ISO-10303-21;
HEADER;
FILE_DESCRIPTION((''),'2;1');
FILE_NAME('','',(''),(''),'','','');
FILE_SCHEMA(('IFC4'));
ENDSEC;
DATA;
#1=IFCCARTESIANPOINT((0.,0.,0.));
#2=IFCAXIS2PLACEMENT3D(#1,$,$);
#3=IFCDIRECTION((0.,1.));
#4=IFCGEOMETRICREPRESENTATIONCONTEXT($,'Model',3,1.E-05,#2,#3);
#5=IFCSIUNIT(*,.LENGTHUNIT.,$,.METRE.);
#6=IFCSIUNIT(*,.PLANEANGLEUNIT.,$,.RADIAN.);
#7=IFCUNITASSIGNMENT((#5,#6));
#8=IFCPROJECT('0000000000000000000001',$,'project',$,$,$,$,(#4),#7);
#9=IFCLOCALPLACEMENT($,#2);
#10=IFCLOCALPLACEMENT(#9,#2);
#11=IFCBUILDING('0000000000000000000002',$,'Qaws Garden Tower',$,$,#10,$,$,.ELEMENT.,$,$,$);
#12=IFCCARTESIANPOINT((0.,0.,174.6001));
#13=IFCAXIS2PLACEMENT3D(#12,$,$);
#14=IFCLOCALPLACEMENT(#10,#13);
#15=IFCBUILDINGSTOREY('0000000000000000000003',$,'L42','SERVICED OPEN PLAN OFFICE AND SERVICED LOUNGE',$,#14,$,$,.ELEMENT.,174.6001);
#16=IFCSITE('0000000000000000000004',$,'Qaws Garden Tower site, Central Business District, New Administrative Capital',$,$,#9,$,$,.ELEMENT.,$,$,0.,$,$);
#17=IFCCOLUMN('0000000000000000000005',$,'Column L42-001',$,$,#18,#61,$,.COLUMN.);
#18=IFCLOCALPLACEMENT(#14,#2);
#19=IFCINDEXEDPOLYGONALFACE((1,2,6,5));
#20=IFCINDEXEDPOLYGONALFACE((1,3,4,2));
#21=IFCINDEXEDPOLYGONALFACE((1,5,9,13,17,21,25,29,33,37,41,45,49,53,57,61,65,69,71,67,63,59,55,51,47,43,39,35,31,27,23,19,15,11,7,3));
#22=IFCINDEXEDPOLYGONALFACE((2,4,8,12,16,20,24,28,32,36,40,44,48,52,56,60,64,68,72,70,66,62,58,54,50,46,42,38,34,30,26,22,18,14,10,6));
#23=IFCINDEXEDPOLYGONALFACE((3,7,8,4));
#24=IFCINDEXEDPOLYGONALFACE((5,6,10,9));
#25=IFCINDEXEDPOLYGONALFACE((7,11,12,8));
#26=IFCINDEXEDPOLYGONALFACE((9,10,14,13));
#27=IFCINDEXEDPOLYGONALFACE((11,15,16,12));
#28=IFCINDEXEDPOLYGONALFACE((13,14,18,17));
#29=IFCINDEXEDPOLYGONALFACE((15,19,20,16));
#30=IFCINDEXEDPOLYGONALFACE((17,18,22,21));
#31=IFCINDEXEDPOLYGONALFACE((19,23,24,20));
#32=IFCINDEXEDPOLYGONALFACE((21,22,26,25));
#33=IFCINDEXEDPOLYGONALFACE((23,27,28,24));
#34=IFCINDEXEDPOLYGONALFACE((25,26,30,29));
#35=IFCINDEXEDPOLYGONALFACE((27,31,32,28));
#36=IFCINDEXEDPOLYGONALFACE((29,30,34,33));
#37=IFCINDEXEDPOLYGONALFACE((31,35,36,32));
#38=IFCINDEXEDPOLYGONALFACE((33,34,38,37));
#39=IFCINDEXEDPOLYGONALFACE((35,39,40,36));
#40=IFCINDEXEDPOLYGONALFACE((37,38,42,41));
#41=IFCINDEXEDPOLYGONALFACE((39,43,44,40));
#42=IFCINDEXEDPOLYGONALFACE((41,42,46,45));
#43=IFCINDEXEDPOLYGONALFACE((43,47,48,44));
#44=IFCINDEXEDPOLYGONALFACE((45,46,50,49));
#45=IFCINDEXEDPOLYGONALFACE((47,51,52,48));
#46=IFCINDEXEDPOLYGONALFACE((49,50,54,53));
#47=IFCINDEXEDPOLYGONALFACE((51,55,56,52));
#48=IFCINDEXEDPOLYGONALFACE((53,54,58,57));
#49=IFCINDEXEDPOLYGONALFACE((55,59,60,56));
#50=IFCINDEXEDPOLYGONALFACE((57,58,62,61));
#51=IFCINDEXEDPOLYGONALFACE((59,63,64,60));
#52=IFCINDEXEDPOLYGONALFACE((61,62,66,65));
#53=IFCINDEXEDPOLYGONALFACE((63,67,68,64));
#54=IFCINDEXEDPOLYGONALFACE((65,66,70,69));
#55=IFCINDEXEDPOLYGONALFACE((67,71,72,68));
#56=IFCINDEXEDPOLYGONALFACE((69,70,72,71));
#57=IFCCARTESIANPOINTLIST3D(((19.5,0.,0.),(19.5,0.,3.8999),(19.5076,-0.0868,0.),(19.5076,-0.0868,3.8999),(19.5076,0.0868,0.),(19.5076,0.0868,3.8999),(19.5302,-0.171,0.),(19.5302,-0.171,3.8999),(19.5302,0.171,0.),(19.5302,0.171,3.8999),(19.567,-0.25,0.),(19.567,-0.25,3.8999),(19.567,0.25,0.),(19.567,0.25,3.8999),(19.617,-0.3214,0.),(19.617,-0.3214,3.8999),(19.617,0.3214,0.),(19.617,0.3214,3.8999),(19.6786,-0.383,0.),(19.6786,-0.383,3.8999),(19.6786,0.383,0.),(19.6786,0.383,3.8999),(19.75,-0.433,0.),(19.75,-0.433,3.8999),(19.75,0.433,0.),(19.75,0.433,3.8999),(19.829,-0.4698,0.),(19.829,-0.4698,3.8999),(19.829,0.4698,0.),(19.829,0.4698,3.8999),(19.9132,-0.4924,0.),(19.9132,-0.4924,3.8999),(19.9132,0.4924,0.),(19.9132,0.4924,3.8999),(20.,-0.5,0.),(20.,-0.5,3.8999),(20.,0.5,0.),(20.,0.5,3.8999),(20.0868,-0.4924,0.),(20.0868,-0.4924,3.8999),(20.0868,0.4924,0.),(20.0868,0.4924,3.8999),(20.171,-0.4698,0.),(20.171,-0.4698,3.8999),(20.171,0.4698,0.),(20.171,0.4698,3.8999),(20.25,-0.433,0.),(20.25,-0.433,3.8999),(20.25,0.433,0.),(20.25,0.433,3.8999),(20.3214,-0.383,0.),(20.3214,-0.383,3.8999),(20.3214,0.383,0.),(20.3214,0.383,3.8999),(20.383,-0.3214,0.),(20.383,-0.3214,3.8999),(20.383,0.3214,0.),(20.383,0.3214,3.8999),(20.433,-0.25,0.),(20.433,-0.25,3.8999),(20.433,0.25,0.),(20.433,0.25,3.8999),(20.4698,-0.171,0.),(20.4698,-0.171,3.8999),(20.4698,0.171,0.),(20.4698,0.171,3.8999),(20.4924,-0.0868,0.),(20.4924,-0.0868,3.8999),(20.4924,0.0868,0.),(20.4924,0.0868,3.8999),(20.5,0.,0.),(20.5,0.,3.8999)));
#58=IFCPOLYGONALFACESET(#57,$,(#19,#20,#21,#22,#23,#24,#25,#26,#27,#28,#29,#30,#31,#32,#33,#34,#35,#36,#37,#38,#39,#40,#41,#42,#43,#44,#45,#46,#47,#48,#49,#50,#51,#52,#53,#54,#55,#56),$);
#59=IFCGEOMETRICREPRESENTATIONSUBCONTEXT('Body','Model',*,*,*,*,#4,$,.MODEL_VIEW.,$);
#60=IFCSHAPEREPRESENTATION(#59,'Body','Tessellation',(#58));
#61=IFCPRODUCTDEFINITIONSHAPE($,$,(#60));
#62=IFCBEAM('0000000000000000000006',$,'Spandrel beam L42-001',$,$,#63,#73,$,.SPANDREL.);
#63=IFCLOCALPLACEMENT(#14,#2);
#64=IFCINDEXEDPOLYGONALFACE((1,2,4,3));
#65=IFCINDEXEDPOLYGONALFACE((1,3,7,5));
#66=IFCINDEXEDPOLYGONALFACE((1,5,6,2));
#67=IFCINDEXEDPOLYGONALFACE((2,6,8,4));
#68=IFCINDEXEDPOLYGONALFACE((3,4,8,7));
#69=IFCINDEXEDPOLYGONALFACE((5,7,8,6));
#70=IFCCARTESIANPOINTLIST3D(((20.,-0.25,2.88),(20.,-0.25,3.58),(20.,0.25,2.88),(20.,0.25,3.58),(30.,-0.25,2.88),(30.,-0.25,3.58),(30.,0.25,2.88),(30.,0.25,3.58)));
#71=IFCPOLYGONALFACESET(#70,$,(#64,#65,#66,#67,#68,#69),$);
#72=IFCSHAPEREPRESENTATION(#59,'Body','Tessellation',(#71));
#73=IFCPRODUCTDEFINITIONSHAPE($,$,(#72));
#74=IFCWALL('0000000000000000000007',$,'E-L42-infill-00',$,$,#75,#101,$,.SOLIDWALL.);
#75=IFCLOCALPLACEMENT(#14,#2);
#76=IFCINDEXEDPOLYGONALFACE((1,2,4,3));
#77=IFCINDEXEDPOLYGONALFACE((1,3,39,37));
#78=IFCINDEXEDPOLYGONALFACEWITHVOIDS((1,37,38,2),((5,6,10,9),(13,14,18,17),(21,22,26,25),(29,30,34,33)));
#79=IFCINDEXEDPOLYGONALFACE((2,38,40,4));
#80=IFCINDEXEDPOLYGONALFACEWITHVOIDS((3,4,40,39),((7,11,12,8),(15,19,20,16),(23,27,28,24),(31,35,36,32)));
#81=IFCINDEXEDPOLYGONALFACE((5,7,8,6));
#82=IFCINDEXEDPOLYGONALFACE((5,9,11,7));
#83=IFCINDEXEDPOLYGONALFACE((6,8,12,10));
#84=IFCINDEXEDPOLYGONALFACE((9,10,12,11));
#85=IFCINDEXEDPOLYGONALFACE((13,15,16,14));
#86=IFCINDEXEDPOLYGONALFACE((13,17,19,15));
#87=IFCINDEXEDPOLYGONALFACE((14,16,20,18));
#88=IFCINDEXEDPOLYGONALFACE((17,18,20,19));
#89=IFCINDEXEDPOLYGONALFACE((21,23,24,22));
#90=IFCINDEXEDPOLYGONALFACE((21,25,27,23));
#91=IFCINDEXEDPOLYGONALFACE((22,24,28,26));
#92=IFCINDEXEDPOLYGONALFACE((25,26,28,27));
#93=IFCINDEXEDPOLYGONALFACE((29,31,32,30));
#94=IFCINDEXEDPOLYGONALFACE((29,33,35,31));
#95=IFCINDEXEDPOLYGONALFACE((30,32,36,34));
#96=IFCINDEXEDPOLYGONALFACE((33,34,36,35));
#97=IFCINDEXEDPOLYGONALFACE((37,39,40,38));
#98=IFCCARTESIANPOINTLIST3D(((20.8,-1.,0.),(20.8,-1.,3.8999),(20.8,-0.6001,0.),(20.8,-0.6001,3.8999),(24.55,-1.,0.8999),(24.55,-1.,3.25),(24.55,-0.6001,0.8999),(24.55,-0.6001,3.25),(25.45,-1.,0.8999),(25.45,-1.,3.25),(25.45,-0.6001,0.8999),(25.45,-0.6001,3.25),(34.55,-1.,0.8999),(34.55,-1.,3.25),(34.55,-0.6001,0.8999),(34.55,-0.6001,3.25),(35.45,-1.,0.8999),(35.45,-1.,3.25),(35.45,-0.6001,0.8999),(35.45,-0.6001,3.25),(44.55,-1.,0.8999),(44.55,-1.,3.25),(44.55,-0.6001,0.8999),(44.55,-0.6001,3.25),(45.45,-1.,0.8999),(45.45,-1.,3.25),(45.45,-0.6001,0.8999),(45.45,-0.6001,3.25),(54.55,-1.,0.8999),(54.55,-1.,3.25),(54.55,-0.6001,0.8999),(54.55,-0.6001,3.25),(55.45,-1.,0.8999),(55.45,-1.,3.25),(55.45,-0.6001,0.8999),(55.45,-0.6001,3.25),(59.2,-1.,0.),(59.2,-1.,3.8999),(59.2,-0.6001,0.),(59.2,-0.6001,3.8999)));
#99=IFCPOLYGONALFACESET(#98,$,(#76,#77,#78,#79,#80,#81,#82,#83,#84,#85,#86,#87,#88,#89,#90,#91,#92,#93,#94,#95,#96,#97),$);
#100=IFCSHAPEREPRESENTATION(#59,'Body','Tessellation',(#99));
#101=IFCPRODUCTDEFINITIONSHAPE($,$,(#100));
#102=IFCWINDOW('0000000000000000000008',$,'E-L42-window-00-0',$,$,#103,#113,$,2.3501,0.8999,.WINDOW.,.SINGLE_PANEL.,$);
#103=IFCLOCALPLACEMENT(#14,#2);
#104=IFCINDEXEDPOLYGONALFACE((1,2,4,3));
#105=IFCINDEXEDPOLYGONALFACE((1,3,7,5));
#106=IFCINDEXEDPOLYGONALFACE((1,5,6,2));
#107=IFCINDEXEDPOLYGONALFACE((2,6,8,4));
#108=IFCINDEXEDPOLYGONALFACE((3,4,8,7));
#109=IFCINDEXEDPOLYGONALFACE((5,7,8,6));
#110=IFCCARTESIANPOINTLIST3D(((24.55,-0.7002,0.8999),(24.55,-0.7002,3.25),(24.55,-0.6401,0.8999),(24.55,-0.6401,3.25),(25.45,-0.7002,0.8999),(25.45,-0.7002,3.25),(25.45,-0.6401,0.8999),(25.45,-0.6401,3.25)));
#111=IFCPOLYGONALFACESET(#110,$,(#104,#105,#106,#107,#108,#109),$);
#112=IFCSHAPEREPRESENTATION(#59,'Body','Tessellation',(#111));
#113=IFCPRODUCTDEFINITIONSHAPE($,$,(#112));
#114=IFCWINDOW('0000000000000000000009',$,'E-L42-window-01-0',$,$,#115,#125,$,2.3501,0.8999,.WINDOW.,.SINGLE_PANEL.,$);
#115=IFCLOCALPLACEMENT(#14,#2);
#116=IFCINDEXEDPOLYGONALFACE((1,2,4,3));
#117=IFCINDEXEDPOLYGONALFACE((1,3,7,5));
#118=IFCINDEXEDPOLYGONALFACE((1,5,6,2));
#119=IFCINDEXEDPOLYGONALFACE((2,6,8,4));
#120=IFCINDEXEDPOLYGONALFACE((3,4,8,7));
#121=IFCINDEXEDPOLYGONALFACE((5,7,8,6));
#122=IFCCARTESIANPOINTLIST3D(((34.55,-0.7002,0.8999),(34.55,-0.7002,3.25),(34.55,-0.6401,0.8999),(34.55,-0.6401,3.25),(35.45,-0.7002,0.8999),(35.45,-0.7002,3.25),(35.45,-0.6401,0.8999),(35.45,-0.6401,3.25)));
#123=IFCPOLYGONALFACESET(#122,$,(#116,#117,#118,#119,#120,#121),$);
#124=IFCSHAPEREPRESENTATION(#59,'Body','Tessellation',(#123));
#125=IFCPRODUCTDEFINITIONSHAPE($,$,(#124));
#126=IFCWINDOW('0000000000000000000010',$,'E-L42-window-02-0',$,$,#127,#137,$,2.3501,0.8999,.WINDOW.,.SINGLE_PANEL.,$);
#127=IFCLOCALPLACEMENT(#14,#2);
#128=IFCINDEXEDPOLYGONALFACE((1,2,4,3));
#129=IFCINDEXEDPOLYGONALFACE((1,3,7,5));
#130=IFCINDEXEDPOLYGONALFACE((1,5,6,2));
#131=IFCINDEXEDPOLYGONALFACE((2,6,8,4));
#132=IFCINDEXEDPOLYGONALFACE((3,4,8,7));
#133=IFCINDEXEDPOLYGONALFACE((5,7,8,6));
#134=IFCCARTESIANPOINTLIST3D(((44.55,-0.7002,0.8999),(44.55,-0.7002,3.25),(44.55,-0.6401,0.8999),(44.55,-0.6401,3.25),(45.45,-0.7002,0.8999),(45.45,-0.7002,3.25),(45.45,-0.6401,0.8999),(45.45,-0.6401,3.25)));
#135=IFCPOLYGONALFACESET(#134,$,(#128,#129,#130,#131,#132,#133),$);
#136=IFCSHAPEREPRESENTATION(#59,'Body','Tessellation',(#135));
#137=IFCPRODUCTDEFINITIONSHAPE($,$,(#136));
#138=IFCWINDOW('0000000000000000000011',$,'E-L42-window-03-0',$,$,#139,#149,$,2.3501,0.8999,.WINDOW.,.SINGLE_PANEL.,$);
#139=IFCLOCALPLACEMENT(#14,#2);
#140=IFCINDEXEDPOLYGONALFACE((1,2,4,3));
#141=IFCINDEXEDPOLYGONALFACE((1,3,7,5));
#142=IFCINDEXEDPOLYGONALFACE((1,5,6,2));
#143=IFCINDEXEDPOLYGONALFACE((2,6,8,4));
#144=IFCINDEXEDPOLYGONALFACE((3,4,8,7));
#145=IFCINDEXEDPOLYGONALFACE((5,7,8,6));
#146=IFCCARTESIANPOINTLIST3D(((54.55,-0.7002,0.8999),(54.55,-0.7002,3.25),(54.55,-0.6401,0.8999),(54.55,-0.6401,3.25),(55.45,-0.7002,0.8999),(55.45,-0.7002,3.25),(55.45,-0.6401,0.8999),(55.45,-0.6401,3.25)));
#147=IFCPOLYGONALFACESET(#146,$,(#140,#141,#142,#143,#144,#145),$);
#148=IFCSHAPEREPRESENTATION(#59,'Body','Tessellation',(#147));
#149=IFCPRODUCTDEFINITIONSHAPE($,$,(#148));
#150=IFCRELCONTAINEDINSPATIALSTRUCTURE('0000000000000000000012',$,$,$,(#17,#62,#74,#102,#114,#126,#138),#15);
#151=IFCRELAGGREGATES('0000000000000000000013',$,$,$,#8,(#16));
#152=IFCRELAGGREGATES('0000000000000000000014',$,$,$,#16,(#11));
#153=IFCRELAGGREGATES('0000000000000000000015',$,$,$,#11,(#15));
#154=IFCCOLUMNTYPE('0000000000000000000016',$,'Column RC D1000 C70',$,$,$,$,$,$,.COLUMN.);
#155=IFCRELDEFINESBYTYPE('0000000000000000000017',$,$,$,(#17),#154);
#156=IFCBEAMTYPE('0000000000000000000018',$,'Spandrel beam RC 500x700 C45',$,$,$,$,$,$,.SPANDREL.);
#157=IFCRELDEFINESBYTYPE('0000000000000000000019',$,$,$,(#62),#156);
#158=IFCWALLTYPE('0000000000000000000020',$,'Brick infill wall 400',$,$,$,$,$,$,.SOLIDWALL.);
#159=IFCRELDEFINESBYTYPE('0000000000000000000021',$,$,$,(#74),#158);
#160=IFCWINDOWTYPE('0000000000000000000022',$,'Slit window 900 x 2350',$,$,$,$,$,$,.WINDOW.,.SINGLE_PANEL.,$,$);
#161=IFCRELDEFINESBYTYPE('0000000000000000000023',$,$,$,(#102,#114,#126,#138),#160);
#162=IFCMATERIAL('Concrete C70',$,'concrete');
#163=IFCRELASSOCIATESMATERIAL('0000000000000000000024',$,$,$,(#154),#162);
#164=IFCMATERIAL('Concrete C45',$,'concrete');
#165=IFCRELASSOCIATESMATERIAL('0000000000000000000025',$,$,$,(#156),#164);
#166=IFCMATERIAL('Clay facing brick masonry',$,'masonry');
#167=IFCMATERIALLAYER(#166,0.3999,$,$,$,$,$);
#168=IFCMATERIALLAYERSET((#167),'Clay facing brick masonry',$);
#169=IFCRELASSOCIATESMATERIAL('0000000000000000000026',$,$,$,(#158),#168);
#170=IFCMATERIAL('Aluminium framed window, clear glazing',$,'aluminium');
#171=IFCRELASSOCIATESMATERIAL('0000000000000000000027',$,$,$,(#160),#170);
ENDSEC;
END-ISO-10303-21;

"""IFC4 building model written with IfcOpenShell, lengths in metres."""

from ifc_helpers import new_model, si_unit, direction, frame, frame_2d, origin, origin_2d, place, context, subcontext, project, spatial, rectangle, circle, extrude, material, layer, layer_set, material_profile, profile_set, type_object, element, fill, save


model = new_model("IFC4")

# Units and contexts
model_context = context("Model", 3, precision=1e-05, world=origin(), true_north=direction((0.0, 1.0)))
body_context = subcontext(model_context, "Body", "Model", "MODEL_VIEW")
ifc_project = project(units=[si_unit("LENGTHUNIT", "METRE"), si_unit("PLANEANGLEUNIT", "RADIAN")], contexts=[model_context])

# Site, building, storey
site_placement = place(None, origin())
site = spatial("IfcSite", under=ifc_project, at=site_placement, Name="Qaws Garden Tower site, Central Business District, New Administrative Capital", CompositionType="ELEMENT", RefElevation=0.0)
building_placement = place(site_placement, origin())
building = spatial("IfcBuilding", under=site, at=building_placement, Name="Qaws Garden Tower", CompositionType="ELEMENT")
storey_placement = place(building_placement, frame((0.0, 0.0, 174.6001)))
storey = spatial("IfcBuildingStorey", under=building, at=storey_placement, Name="L42", Description="SERVICED OPEN PLAN OFFICE AND SERVICED LOUNGE", CompositionType="ELEMENT", Elevation=174.6001)

# Column
ifc_material_1 = material(Name="Concrete C70", Category="concrete")
ifc_material_profile_1 = material_profile(ifc_material_1, circle(Radius=0.5, at=origin_2d()), Name="RC D1000")
ifc_profile_set_1 = profile_set([ifc_material_profile_1], Name="Concrete C70")
column_type = type_object("IfcColumnType", Name="Column RC D1000 C70", PredefinedType="COLUMN", material=ifc_profile_set_1)
column_placement = place(storey_placement, frame((20.0, 0.0, 0.0), z_axis=(0.0, 0.0, 1.0), x_axis=(1.0, 0.0, 0.0)))
element("IfcColumn", 1, at=column_placement, inside=storey, type_object=column_type, Name="Column L42-001", PredefinedType="COLUMN", context=body_context, shape_type="SweptSolid", body=[
    extrude(circle(Radius=0.5, at=origin_2d()), origin(), (0.0, 0.0, 1.0), 3.8999),
])

# Beam
ifc_material_2 = material(Name="Concrete C45", Category="concrete")
ifc_material_profile_2 = material_profile(ifc_material_2, rectangle(XDim=0.5, YDim=0.7, at=origin_2d()), Name="RC 500x700")
ifc_profile_set_2 = profile_set([ifc_material_profile_2], Name="Concrete C45")
beam_type = type_object("IfcBeamType", Name="Spandrel beam RC 500x700 C45", PredefinedType="SPANDREL", material=ifc_profile_set_2)
beam_placement = place(storey_placement, frame((20.0, 0.0, 3.23), z_axis=(1.0, 0.0, 0.0), x_axis=(0.0, 1.0, 0.0)))
element("IfcBeam", 2, at=beam_placement, inside=storey, type_object=beam_type, Name="Spandrel beam L42-001", PredefinedType="SPANDREL", context=body_context, shape_type="SweptSolid", body=[
    extrude(rectangle(XDim=0.5, YDim=0.7, at=origin_2d()), origin(), (0.0, 0.0, 1.0), 10.0),
])

# Wall, openings, windows
ifc_material_3 = material(Name="Clay facing brick masonry", Category="masonry")
ifc_layer_1 = layer(ifc_material_3, 0.3999)
ifc_layer_set_1 = layer_set([ifc_layer_1], Name="Clay facing brick masonry")
wall_type_1 = type_object("IfcWallType", Name="Brick infill wall 400", PredefinedType="SOLIDWALL", material=ifc_layer_set_1)
wall_1_placement = place(storey_placement, frame((20.8, -0.8, 0.0), z_axis=(0.0, 0.0, 1.0), x_axis=(1.0, 0.0, 0.0)))
wall_1 = element("IfcWall", 3, at=wall_1_placement, inside=storey, type_object=wall_type_1, Name="E-L42-infill-00", PredefinedType="SOLIDWALL", context=body_context, shape_type="SweptSolid", body=[
    extrude(rectangle(XDim=38.3999, YDim=0.3999, at=frame_2d((19.2, 0.0))), origin(), (0.0, 0.0, 1.0), 3.8999),
])
opening_1_placement = place(wall_1_placement, frame((3.75, 0.0, 0.8999)))
opening_1 = element("IfcOpeningElement", 4, at=opening_1_placement, cuts=wall_1, PredefinedType="OPENING", context=body_context, shape_type="SweptSolid", body=[
    extrude(rectangle(XDim=0.8999, YDim=2.3501, at=frame_2d((0.45, 1.175))), frame((0.0, 0.21, 0.0), z_axis=(0.0, -1.0, 0.0), x_axis=(1.0, 0.0, 0.0)), (0.0, 0.0, 1.0), 0.4199),
])
opening_2_placement = place(wall_1_placement, frame((13.75, 0.0, 0.8999)))
opening_2 = element("IfcOpeningElement", 5, at=opening_2_placement, cuts=wall_1, PredefinedType="OPENING", context=body_context, shape_type="SweptSolid", body=[
    extrude(rectangle(XDim=0.8999, YDim=2.3501, at=frame_2d((0.45, 1.175))), frame((0.0, 0.21, 0.0), z_axis=(0.0, -1.0, 0.0), x_axis=(1.0, 0.0, 0.0)), (0.0, 0.0, 1.0), 0.4199),
])
opening_3_placement = place(wall_1_placement, frame((23.75, 0.0, 0.8999)))
opening_3 = element("IfcOpeningElement", 6, at=opening_3_placement, cuts=wall_1, PredefinedType="OPENING", context=body_context, shape_type="SweptSolid", body=[
    extrude(rectangle(XDim=0.8999, YDim=2.3501, at=frame_2d((0.45, 1.175))), frame((0.0, 0.21, 0.0), z_axis=(0.0, -1.0, 0.0), x_axis=(1.0, 0.0, 0.0)), (0.0, 0.0, 1.0), 0.4199),
])
opening_4_placement = place(wall_1_placement, frame((33.75, 0.0, 0.8999)))
opening_4 = element("IfcOpeningElement", 7, at=opening_4_placement, cuts=wall_1, PredefinedType="OPENING", context=body_context, shape_type="SweptSolid", body=[
    extrude(rectangle(XDim=0.8999, YDim=2.3501, at=frame_2d((0.45, 1.175))), frame((0.0, 0.21, 0.0), z_axis=(0.0, -1.0, 0.0), x_axis=(1.0, 0.0, 0.0)), (0.0, 0.0, 1.0), 0.4199),
])
ifc_material_4 = material(Name="Aluminium framed window, clear glazing", Category="aluminium")
window_type = type_object("IfcWindowType", Name="Slit window 900 x 2350", PartitioningType="SINGLE_PANEL", PredefinedType="WINDOW", material=ifc_material_4)
window_1_placement = place(opening_1_placement, origin())
window_1 = element("IfcWindow", 8, at=window_1_placement, inside=storey, type_object=window_type, Name="E-L42-window-00-0", OverallHeight=2.3501, OverallWidth=0.8999, PartitioningType="SINGLE_PANEL", PredefinedType="WINDOW", context=body_context, shape_type="SweptSolid", body=[
    extrude(rectangle(XDim=0.8999, YDim=2.3501, at=frame_2d((0.45, 1.175))), frame((0.0, 0.1599, 0.0), z_axis=(0.0, -1.0, 0.0), x_axis=(1.0, 0.0, 0.0)), (0.0, 0.0, 1.0), 0.0601),
])
fill(opening_1, window_1)
window_2_placement = place(opening_2_placement, origin())
window_2 = element("IfcWindow", 9, at=window_2_placement, inside=storey, type_object=window_type, Name="E-L42-window-01-0", OverallHeight=2.3501, OverallWidth=0.8999, PartitioningType="SINGLE_PANEL", PredefinedType="WINDOW", context=body_context, shape_type="SweptSolid", body=[
    extrude(rectangle(XDim=0.8999, YDim=2.3501, at=frame_2d((0.45, 1.175))), frame((0.0, 0.1599, 0.0), z_axis=(0.0, -1.0, 0.0), x_axis=(1.0, 0.0, 0.0)), (0.0, 0.0, 1.0), 0.0601),
])
fill(opening_2, window_2)
window_3_placement = place(opening_3_placement, origin())
window_3 = element("IfcWindow", 10, at=window_3_placement, inside=storey, type_object=window_type, Name="E-L42-window-02-0", OverallHeight=2.3501, OverallWidth=0.8999, PartitioningType="SINGLE_PANEL", PredefinedType="WINDOW", context=body_context, shape_type="SweptSolid", body=[
    extrude(rectangle(XDim=0.8999, YDim=2.3501, at=frame_2d((0.45, 1.175))), frame((0.0, 0.1599, 0.0), z_axis=(0.0, -1.0, 0.0), x_axis=(1.0, 0.0, 0.0)), (0.0, 0.0, 1.0), 0.0601),
])
fill(opening_3, window_3)
window_4_placement = place(opening_4_placement, origin())
window_4 = element("IfcWindow", 11, at=window_4_placement, inside=storey, type_object=window_type, Name="E-L42-window-03-0", OverallHeight=2.3501, OverallWidth=0.8999, PartitioningType="SINGLE_PANEL", PredefinedType="WINDOW", context=body_context, shape_type="SweptSolid", body=[
    extrude(rectangle(XDim=0.8999, YDim=2.3501, at=frame_2d((0.45, 1.175))), frame((0.0, 0.1599, 0.0), z_axis=(0.0, -1.0, 0.0), x_axis=(1.0, 0.0, 0.0)), (0.0, 0.0, 1.0), 0.0601),
])
fill(opening_4, window_4)

save(model, "model.ifc")
